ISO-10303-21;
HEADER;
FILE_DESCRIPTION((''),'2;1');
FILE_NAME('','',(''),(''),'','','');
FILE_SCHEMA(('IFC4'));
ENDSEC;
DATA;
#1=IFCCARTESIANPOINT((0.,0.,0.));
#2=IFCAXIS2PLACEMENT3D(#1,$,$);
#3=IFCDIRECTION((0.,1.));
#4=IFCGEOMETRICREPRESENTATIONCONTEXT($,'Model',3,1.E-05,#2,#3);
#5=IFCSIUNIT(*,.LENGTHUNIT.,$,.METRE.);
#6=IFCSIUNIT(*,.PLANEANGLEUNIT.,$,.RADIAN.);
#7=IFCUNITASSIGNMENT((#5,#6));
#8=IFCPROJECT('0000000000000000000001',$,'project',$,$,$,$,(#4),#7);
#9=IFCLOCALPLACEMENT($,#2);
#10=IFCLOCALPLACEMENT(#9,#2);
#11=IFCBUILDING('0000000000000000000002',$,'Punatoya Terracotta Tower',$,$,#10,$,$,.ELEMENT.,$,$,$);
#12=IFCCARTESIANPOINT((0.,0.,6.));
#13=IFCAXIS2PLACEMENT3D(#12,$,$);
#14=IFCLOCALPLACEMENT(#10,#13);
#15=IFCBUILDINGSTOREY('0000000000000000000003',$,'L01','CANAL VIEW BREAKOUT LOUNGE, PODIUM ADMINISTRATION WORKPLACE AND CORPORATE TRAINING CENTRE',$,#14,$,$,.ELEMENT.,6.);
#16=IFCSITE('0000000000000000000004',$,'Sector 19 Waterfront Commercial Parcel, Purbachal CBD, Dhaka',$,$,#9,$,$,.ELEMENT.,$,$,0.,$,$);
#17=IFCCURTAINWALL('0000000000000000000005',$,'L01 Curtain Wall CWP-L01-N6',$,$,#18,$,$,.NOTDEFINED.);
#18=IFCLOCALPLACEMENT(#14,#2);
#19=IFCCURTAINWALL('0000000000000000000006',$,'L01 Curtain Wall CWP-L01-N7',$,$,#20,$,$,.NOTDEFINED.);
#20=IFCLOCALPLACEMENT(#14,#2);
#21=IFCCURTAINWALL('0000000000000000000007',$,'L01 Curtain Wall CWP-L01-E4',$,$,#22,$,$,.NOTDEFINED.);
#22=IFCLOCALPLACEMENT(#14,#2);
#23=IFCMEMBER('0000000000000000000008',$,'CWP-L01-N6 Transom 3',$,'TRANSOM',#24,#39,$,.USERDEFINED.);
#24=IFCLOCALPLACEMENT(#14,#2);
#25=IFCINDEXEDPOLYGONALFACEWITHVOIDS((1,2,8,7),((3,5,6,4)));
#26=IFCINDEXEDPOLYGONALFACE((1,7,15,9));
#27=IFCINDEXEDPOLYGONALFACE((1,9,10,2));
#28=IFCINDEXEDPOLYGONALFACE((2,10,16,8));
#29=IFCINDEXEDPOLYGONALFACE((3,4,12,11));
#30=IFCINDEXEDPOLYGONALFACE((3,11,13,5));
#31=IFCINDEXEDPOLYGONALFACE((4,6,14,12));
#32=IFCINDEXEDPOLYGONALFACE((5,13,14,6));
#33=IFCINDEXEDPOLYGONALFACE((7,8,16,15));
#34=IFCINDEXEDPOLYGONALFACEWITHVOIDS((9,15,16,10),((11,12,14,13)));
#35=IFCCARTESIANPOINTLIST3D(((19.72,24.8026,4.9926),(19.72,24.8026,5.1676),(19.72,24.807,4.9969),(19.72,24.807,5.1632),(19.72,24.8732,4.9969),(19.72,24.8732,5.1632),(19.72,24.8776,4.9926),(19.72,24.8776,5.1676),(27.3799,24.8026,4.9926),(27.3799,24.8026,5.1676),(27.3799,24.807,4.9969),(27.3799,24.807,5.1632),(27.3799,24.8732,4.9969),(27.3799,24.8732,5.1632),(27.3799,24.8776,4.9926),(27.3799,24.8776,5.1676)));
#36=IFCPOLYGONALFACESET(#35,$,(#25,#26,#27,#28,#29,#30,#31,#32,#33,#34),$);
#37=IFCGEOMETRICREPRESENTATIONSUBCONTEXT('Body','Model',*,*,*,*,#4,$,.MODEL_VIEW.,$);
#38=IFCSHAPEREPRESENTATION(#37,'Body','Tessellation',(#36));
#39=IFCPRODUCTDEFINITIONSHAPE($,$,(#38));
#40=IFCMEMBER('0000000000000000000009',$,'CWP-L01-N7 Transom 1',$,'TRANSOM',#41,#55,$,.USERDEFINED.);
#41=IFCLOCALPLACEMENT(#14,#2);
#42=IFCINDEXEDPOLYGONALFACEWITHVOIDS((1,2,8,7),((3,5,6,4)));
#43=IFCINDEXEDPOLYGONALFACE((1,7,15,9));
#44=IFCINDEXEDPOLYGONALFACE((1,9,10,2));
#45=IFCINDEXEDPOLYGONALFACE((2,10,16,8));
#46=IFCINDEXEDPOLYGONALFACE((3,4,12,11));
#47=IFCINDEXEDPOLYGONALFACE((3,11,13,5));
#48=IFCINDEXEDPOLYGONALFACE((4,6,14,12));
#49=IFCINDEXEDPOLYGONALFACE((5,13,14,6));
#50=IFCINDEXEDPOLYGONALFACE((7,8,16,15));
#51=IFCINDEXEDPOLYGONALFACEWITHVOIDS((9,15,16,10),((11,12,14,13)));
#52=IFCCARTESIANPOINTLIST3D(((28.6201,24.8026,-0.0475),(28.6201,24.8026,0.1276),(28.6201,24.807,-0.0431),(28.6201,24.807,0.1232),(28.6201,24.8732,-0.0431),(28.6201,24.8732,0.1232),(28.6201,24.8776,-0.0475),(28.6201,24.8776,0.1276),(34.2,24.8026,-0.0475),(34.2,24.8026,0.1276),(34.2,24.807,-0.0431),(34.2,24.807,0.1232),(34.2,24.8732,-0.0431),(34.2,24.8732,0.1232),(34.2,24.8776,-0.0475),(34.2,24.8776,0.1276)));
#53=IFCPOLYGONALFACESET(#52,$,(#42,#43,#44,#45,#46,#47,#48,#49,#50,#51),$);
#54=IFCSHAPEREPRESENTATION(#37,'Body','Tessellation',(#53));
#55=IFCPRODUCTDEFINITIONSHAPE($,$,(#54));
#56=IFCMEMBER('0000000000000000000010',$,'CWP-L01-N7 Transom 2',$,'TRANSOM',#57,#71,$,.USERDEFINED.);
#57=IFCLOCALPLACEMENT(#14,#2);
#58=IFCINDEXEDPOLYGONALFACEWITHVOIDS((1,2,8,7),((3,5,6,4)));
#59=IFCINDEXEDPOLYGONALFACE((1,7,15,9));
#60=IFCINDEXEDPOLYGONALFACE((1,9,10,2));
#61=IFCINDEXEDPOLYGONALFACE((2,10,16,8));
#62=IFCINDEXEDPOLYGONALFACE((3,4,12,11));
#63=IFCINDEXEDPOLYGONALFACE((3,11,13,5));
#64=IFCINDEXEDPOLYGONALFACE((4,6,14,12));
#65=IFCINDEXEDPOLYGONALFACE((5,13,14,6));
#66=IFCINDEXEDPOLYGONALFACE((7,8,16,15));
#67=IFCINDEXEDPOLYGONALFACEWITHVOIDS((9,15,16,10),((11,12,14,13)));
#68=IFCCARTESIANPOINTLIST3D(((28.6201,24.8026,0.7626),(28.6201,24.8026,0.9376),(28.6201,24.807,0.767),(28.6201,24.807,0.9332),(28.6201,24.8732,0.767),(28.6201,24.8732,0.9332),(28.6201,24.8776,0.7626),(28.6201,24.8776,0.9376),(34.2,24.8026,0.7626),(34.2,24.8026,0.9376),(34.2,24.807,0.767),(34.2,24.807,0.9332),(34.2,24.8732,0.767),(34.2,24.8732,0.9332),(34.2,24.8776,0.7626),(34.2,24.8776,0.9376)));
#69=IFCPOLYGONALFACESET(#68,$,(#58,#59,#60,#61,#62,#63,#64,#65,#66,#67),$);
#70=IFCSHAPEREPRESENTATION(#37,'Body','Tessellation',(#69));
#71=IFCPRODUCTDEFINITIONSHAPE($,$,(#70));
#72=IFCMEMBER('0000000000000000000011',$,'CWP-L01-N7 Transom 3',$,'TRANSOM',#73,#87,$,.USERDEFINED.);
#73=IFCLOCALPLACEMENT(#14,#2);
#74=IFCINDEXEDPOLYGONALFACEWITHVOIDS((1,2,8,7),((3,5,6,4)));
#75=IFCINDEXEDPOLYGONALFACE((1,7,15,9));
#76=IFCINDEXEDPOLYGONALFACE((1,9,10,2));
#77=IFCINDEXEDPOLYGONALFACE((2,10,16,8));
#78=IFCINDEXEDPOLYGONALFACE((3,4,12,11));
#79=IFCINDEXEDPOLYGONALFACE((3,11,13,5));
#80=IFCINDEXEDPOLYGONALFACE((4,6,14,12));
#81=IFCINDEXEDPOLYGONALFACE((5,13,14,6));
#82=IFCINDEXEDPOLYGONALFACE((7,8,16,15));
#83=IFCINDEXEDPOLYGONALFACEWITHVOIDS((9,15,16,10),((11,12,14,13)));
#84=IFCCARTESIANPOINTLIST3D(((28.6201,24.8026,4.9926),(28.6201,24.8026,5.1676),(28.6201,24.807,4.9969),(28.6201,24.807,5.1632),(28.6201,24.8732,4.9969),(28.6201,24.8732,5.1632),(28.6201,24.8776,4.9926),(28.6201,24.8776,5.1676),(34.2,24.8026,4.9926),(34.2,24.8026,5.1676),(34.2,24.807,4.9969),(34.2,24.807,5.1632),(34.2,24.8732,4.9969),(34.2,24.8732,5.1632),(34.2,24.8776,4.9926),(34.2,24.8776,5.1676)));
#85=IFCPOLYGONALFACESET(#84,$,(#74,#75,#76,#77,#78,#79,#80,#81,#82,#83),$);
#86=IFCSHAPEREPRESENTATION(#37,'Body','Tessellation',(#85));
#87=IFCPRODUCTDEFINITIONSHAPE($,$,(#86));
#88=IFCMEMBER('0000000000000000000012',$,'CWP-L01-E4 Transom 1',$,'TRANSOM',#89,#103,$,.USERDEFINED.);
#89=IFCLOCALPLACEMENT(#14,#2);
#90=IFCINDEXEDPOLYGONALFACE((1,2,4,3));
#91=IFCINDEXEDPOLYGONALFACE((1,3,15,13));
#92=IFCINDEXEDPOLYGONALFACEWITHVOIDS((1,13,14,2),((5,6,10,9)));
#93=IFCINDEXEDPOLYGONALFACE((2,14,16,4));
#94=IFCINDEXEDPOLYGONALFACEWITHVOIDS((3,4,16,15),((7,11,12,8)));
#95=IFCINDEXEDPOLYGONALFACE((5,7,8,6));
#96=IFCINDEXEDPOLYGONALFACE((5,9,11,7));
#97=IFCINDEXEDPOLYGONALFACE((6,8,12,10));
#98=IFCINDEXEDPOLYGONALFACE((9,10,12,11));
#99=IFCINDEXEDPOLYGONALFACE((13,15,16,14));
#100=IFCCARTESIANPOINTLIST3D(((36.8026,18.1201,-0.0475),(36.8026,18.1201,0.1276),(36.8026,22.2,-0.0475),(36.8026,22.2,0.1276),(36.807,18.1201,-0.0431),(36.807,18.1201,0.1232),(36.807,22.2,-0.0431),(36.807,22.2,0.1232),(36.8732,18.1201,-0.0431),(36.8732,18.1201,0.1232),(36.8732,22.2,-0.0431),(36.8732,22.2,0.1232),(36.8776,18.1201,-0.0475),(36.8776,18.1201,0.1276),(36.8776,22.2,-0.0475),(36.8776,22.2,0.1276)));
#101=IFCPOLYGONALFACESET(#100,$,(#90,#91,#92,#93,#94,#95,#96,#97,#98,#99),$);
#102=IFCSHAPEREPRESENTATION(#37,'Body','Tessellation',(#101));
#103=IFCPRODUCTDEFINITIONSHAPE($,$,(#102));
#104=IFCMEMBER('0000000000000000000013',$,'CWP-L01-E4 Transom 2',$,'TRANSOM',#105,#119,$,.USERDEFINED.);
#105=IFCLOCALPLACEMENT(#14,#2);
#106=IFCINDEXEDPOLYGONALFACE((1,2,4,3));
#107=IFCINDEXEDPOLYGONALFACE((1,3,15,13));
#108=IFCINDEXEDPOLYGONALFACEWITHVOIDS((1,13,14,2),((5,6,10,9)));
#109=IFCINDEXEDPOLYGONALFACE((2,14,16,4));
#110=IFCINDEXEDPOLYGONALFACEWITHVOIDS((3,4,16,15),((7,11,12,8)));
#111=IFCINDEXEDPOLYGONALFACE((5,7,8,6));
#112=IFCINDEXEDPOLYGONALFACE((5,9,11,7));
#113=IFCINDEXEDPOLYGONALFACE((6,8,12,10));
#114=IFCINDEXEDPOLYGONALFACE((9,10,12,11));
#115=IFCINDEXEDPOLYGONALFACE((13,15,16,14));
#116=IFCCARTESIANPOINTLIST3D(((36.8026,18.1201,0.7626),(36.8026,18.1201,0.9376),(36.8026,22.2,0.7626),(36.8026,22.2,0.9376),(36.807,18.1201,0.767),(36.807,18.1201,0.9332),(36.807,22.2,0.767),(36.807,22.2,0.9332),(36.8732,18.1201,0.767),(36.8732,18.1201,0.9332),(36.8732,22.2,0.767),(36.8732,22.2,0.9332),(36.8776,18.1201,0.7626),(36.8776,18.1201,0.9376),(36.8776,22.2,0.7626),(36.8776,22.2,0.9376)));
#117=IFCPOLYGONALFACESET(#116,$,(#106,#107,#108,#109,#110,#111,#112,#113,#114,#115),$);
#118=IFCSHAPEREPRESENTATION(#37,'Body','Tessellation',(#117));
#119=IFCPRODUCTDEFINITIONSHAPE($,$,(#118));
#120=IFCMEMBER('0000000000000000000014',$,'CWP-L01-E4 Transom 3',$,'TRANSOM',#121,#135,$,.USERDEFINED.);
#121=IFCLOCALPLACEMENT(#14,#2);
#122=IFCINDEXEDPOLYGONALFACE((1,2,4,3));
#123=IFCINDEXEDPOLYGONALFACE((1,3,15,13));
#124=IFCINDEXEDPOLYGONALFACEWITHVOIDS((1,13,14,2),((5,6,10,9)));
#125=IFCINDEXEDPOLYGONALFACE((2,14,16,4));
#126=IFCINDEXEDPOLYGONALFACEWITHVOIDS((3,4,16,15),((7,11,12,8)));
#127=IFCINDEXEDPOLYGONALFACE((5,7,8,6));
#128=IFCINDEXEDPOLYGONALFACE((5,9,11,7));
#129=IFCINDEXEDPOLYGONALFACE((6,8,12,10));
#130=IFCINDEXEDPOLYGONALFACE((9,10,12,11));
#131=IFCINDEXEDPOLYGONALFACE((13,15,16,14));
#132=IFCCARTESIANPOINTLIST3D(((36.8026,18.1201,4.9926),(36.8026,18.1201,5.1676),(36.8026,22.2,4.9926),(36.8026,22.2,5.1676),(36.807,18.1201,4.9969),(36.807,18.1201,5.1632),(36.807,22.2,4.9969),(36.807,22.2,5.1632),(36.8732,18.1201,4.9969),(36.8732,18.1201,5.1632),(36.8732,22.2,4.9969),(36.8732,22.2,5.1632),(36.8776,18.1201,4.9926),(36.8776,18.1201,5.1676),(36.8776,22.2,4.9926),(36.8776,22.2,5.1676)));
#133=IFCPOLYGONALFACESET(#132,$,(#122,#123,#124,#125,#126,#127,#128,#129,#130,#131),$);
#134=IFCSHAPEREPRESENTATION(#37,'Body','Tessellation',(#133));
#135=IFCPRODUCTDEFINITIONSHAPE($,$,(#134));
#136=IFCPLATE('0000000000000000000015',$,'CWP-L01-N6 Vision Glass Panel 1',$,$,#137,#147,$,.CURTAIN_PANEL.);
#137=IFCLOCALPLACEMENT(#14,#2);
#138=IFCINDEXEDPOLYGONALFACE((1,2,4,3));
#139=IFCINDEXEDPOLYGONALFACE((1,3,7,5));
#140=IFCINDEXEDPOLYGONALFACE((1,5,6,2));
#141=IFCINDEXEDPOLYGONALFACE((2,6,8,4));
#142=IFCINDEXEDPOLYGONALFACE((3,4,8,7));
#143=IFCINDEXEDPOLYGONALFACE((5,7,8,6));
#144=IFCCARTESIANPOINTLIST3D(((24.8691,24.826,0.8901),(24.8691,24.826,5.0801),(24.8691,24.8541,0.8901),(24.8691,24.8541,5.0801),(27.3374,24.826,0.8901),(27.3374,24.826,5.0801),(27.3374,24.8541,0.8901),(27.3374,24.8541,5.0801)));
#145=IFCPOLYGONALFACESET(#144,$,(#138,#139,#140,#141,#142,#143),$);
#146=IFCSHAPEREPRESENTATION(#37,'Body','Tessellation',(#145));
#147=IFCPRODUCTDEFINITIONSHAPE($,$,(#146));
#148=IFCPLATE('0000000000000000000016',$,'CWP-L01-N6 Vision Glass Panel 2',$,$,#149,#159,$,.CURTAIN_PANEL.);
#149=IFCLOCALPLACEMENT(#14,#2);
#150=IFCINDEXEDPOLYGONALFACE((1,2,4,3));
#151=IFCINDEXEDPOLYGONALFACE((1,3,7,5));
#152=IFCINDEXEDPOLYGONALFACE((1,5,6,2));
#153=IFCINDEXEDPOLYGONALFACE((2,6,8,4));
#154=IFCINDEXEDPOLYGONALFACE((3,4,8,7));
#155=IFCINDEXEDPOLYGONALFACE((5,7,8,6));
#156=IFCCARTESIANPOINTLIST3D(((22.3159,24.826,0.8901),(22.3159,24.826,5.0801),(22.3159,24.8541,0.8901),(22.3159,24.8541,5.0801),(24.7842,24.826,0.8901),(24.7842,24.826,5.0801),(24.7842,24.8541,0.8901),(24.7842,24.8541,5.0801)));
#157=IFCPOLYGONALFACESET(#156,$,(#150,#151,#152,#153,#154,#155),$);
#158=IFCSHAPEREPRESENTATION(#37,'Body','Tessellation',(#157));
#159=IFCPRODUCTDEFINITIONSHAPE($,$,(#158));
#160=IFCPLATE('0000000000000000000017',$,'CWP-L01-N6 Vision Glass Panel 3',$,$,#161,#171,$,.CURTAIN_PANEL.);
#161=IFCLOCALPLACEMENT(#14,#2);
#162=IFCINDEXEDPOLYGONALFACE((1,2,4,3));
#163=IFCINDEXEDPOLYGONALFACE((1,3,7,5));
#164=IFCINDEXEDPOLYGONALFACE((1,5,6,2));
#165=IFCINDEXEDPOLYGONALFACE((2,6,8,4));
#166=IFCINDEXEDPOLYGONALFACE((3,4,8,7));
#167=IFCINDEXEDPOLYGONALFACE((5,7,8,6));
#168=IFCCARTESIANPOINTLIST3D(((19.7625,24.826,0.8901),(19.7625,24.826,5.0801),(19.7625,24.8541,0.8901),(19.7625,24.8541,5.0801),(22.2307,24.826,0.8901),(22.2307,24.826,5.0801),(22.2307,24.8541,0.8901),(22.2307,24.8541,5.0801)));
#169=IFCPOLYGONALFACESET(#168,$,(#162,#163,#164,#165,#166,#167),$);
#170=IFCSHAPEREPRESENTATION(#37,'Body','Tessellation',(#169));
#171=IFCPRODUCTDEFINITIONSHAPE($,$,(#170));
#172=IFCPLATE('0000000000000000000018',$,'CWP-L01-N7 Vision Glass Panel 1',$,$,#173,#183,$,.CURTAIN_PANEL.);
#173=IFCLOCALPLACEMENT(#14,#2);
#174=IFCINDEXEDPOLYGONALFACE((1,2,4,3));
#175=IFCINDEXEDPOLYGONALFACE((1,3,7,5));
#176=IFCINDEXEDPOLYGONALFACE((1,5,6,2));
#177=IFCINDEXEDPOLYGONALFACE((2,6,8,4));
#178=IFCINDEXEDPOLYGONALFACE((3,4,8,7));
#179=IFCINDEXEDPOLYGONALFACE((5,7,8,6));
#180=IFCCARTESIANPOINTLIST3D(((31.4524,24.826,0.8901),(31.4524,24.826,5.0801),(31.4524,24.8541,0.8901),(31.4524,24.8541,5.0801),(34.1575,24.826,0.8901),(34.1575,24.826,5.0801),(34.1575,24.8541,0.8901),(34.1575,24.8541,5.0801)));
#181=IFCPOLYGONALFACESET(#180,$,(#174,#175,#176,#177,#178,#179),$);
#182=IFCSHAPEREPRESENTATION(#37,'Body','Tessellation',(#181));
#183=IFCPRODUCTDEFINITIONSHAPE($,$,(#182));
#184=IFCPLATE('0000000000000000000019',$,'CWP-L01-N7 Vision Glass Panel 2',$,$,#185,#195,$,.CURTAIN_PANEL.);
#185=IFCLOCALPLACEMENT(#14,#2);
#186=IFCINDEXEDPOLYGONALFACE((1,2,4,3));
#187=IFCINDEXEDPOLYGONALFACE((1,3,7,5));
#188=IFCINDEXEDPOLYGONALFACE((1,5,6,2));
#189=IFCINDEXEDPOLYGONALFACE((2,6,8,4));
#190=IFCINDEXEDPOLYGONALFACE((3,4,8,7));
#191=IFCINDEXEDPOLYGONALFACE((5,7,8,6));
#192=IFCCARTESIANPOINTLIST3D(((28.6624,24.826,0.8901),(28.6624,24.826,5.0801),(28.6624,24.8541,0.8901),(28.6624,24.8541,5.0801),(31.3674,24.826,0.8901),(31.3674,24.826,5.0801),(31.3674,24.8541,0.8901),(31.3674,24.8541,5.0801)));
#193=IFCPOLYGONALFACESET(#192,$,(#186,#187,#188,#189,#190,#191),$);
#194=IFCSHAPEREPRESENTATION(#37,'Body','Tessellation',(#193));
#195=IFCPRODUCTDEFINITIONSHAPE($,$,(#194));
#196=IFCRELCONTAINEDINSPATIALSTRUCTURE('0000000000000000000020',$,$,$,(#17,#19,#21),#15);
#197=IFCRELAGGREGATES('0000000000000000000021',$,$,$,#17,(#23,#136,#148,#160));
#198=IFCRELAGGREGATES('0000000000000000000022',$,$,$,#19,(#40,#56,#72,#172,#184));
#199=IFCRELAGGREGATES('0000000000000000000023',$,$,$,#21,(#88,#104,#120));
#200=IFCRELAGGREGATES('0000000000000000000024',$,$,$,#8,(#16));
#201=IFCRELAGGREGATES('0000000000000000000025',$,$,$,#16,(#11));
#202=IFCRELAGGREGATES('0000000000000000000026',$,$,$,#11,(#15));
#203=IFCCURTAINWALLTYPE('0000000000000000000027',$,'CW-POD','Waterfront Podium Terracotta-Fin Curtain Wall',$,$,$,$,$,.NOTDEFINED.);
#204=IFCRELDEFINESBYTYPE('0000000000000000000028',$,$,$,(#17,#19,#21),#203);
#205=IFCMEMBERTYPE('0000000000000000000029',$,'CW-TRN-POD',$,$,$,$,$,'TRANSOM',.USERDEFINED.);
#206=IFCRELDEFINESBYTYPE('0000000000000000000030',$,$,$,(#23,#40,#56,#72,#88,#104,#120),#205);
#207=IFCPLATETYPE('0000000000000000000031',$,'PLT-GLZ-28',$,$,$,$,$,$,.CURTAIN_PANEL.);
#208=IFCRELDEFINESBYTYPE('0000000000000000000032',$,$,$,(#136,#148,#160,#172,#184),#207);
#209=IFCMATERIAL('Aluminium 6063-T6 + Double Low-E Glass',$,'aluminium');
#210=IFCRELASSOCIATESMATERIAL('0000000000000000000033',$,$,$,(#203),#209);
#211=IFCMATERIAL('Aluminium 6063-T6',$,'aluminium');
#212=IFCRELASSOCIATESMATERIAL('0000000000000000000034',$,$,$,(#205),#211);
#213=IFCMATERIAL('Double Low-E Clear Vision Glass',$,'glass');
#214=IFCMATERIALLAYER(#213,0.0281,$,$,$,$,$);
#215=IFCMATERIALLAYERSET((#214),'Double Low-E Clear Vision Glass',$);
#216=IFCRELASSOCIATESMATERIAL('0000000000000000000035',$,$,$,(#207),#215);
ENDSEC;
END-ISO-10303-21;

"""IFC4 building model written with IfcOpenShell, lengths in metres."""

from ifc_helpers import new_model, si_unit, direction, frame, origin, origin_2d, place, context, subcontext, project, spatial, rectangle, hollow_rectangle, extrude, material, layer, layer_set, material_profile, profile_set, type_object, element, aggregate, save


model = new_model("IFC4")

# Units and contexts
model_context = context("Model", 3, precision=1e-05, world=origin(), true_north=direction((0.0, 1.0)))
body_context = subcontext(model_context, "Body", "Model", "MODEL_VIEW")
ifc_project = project(units=[si_unit("LENGTHUNIT", "METRE"), si_unit("PLANEANGLEUNIT", "RADIAN")], contexts=[model_context])

# Site, building, storey
site_placement = place(None, origin())
site = spatial("IfcSite", under=ifc_project, at=site_placement, Name="Sector 19 Waterfront Commercial Parcel, Purbachal CBD, Dhaka", CompositionType="ELEMENT", RefElevation=0.0)
building_placement = place(site_placement, origin())
building = spatial("IfcBuilding", under=site, at=building_placement, Name="Punatoya Terracotta Tower", CompositionType="ELEMENT")
storey_placement = place(building_placement, frame((0.0, 0.0, 6.0)))
storey = spatial("IfcBuildingStorey", under=building, at=storey_placement, Name="L01", Description="CANAL VIEW BREAKOUT LOUNGE, PODIUM ADMINISTRATION WORKPLACE AND CORPORATE TRAINING CENTRE", CompositionType="ELEMENT", Elevation=6.0)

# Curtain walls
ifc_material_1 = material(Name="Aluminium 6063-T6 + Double Low-E Glass", Category="aluminium")
curtain_wall_type = type_object("IfcCurtainWallType", Name="CW-POD", Description="Waterfront Podium Terracotta-Fin Curtain Wall", PredefinedType="NOTDEFINED", material=ifc_material_1)
curtain_wall_1_placement = place(storey_placement, origin())
curtain_wall_1 = element("IfcCurtainWall", 1, at=curtain_wall_1_placement, inside=storey, type_object=curtain_wall_type, Name="L01 Curtain Wall CWP-L01-N6", PredefinedType="NOTDEFINED")
ifc_material_2 = material(Name="Aluminium 6063-T6", Category="aluminium")
curtain_wall_2_placement = place(storey_placement, origin())
curtain_wall_2 = element("IfcCurtainWall", 2, at=curtain_wall_2_placement, inside=storey, type_object=curtain_wall_type, Name="L01 Curtain Wall CWP-L01-N7", PredefinedType="NOTDEFINED")
curtain_wall_3_placement = place(storey_placement, origin())
curtain_wall_3 = element("IfcCurtainWall", 3, at=curtain_wall_3_placement, inside=storey, type_object=curtain_wall_type, Name="L01 Curtain Wall CWP-L01-E4", PredefinedType="NOTDEFINED")

# Members
ifc_material_profile_1 = material_profile(ifc_material_2, hollow_rectangle(XDim=0.075, YDim=0.175, WallThickness=0.0044, at=origin_2d()))
ifc_profile_set_1 = profile_set([ifc_material_profile_1], Name="Aluminium 6063-T6")
member_type_1 = type_object("IfcMemberType", Name="CW-TRN-POD", ElementType="TRANSOM", PredefinedType="USERDEFINED", material=ifc_profile_set_1)
member_1_placement = place(storey_placement, frame((27.3799, 24.8401, 5.0801), z_axis=(-1.0, 0.0, 0.0), x_axis=(0.0, -1.0, 0.0)))
member_1 = element("IfcMember", 4, at=member_1_placement, type_object=member_type_1, Name="CWP-L01-N6 Transom 3", ObjectType="TRANSOM", PredefinedType="USERDEFINED", context=body_context, shape_type="SweptSolid", body=[
    extrude(hollow_rectangle(XDim=0.075, YDim=0.175, WallThickness=0.0044, at=origin_2d()), origin(), (0.0, 0.0, 1.0), 7.6599),
])
member_2_placement = place(storey_placement, frame((34.2, 24.8401, 0.04), z_axis=(-1.0, 0.0, 0.0), x_axis=(0.0, -1.0, 0.0)))
member_2 = element("IfcMember", 5, at=member_2_placement, type_object=member_type_1, Name="CWP-L01-N7 Transom 1", ObjectType="TRANSOM", PredefinedType="USERDEFINED", context=body_context, shape_type="SweptSolid", body=[
    extrude(hollow_rectangle(XDim=0.075, YDim=0.175, WallThickness=0.0044, at=origin_2d()), origin(), (0.0, 0.0, 1.0), 5.5798),
])
member_3_placement = place(storey_placement, frame((34.2, 24.8401, 0.8501), z_axis=(-1.0, 0.0, 0.0), x_axis=(0.0, -1.0, 0.0)))
member_3 = element("IfcMember", 6, at=member_3_placement, type_object=member_type_1, Name="CWP-L01-N7 Transom 2", ObjectType="TRANSOM", PredefinedType="USERDEFINED", context=body_context, shape_type="SweptSolid", body=[
    extrude(hollow_rectangle(XDim=0.075, YDim=0.175, WallThickness=0.0044, at=origin_2d()), origin(), (0.0, 0.0, 1.0), 5.5798),
])
member_4_placement = place(storey_placement, frame((34.2, 24.8401, 5.0801), z_axis=(-1.0, 0.0, 0.0), x_axis=(0.0, -1.0, 0.0)))
member_4 = element("IfcMember", 7, at=member_4_placement, type_object=member_type_1, Name="CWP-L01-N7 Transom 3", ObjectType="TRANSOM", PredefinedType="USERDEFINED", context=body_context, shape_type="SweptSolid", body=[
    extrude(hollow_rectangle(XDim=0.075, YDim=0.175, WallThickness=0.0044, at=origin_2d()), origin(), (0.0, 0.0, 1.0), 5.5798),
])
member_5_placement = place(storey_placement, frame((36.8401, 22.2, 0.04), z_axis=(0.0, -1.0, 0.0), x_axis=(1.0, 0.0, 0.0)))
member_5 = element("IfcMember", 8, at=member_5_placement, type_object=member_type_1, Name="CWP-L01-E4 Transom 1", ObjectType="TRANSOM", PredefinedType="USERDEFINED", context=body_context, shape_type="SweptSolid", body=[
    extrude(hollow_rectangle(XDim=0.075, YDim=0.175, WallThickness=0.0044, at=origin_2d()), origin(), (0.0, 0.0, 1.0), 4.0798),
])
member_6_placement = place(storey_placement, frame((36.8401, 22.2, 0.8501), z_axis=(0.0, -1.0, 0.0), x_axis=(1.0, 0.0, 0.0)))
member_6 = element("IfcMember", 9, at=member_6_placement, type_object=member_type_1, Name="CWP-L01-E4 Transom 2", ObjectType="TRANSOM", PredefinedType="USERDEFINED", context=body_context, shape_type="SweptSolid", body=[
    extrude(hollow_rectangle(XDim=0.075, YDim=0.175, WallThickness=0.0044, at=origin_2d()), origin(), (0.0, 0.0, 1.0), 4.0798),
])
member_7_placement = place(storey_placement, frame((36.8401, 22.2, 5.0801), z_axis=(0.0, -1.0, 0.0), x_axis=(1.0, 0.0, 0.0)))
member_7 = element("IfcMember", 10, at=member_7_placement, type_object=member_type_1, Name="CWP-L01-E4 Transom 3", ObjectType="TRANSOM", PredefinedType="USERDEFINED", context=body_context, shape_type="SweptSolid", body=[
    extrude(hollow_rectangle(XDim=0.075, YDim=0.175, WallThickness=0.0044, at=origin_2d()), origin(), (0.0, 0.0, 1.0), 4.0798),
])

# Plates
ifc_material_3 = material(Name="Double Low-E Clear Vision Glass", Category="glass")
ifc_layer_1 = layer(ifc_material_3, 0.0281)
ifc_layer_set_1 = layer_set([ifc_layer_1], Name="Double Low-E Clear Vision Glass")
plate_type_1 = type_object("IfcPlateType", Name="PLT-GLZ-28", PredefinedType="CURTAIN_PANEL", material=ifc_layer_set_1)
plate_1_placement = place(storey_placement, frame((26.1033, 24.8401, 0.8901), z_axis=(0.0, 0.0, 1.0), x_axis=(-1.0, 0.0, 0.0)))
plate_1 = element("IfcPlate", 11, at=plate_1_placement, type_object=plate_type_1, Name="CWP-L01-N6 Vision Glass Panel 1", PredefinedType="CURTAIN_PANEL", context=body_context, shape_type="SweptSolid", body=[
    extrude(rectangle(XDim=2.4683, YDim=0.0281, at=origin_2d()), origin(), (0.0, 0.0, 1.0), 4.1899),
])
plate_2_placement = place(storey_placement, frame((23.55, 24.8401, 0.8901), z_axis=(0.0, 0.0, 1.0), x_axis=(-1.0, 0.0, 0.0)))
plate_2 = element("IfcPlate", 12, at=plate_2_placement, type_object=plate_type_1, Name="CWP-L01-N6 Vision Glass Panel 2", PredefinedType="CURTAIN_PANEL", context=body_context, shape_type="SweptSolid", body=[
    extrude(rectangle(XDim=2.4683, YDim=0.0281, at=origin_2d()), origin(), (0.0, 0.0, 1.0), 4.1899),
])
plate_3_placement = place(storey_placement, frame((20.9966, 24.8401, 0.8901), z_axis=(0.0, 0.0, 1.0), x_axis=(-1.0, 0.0, 0.0)))
plate_3 = element("IfcPlate", 13, at=plate_3_placement, type_object=plate_type_1, Name="CWP-L01-N6 Vision Glass Panel 3", PredefinedType="CURTAIN_PANEL", context=body_context, shape_type="SweptSolid", body=[
    extrude(rectangle(XDim=2.4683, YDim=0.0281, at=origin_2d()), origin(), (0.0, 0.0, 1.0), 4.1899),
])
plate_4_placement = place(storey_placement, frame((32.8049, 24.8401, 0.8901), z_axis=(0.0, 0.0, 1.0), x_axis=(-1.0, 0.0, 0.0)))
plate_4 = element("IfcPlate", 14, at=plate_4_placement, type_object=plate_type_1, Name="CWP-L01-N7 Vision Glass Panel 1", PredefinedType="CURTAIN_PANEL", context=body_context, shape_type="SweptSolid", body=[
    extrude(rectangle(XDim=2.7051, YDim=0.0281, at=origin_2d()), origin(), (0.0, 0.0, 1.0), 4.1899),
])
plate_5_placement = place(storey_placement, frame((30.0149, 24.8401, 0.8901), z_axis=(0.0, 0.0, 1.0), x_axis=(-1.0, 0.0, 0.0)))
plate_5 = element("IfcPlate", 15, at=plate_5_placement, type_object=plate_type_1, Name="CWP-L01-N7 Vision Glass Panel 2", PredefinedType="CURTAIN_PANEL", context=body_context, shape_type="SweptSolid", body=[
    extrude(rectangle(XDim=2.7051, YDim=0.0281, at=origin_2d()), origin(), (0.0, 0.0, 1.0), 4.1899),
])
aggregate(curtain_wall_1, [member_1, plate_1, plate_2, plate_3])
aggregate(curtain_wall_2, [member_2, member_3, member_4, plate_4, plate_5])
aggregate(curtain_wall_3, [member_5, member_6, member_7])

save(model, "model.ifc")
